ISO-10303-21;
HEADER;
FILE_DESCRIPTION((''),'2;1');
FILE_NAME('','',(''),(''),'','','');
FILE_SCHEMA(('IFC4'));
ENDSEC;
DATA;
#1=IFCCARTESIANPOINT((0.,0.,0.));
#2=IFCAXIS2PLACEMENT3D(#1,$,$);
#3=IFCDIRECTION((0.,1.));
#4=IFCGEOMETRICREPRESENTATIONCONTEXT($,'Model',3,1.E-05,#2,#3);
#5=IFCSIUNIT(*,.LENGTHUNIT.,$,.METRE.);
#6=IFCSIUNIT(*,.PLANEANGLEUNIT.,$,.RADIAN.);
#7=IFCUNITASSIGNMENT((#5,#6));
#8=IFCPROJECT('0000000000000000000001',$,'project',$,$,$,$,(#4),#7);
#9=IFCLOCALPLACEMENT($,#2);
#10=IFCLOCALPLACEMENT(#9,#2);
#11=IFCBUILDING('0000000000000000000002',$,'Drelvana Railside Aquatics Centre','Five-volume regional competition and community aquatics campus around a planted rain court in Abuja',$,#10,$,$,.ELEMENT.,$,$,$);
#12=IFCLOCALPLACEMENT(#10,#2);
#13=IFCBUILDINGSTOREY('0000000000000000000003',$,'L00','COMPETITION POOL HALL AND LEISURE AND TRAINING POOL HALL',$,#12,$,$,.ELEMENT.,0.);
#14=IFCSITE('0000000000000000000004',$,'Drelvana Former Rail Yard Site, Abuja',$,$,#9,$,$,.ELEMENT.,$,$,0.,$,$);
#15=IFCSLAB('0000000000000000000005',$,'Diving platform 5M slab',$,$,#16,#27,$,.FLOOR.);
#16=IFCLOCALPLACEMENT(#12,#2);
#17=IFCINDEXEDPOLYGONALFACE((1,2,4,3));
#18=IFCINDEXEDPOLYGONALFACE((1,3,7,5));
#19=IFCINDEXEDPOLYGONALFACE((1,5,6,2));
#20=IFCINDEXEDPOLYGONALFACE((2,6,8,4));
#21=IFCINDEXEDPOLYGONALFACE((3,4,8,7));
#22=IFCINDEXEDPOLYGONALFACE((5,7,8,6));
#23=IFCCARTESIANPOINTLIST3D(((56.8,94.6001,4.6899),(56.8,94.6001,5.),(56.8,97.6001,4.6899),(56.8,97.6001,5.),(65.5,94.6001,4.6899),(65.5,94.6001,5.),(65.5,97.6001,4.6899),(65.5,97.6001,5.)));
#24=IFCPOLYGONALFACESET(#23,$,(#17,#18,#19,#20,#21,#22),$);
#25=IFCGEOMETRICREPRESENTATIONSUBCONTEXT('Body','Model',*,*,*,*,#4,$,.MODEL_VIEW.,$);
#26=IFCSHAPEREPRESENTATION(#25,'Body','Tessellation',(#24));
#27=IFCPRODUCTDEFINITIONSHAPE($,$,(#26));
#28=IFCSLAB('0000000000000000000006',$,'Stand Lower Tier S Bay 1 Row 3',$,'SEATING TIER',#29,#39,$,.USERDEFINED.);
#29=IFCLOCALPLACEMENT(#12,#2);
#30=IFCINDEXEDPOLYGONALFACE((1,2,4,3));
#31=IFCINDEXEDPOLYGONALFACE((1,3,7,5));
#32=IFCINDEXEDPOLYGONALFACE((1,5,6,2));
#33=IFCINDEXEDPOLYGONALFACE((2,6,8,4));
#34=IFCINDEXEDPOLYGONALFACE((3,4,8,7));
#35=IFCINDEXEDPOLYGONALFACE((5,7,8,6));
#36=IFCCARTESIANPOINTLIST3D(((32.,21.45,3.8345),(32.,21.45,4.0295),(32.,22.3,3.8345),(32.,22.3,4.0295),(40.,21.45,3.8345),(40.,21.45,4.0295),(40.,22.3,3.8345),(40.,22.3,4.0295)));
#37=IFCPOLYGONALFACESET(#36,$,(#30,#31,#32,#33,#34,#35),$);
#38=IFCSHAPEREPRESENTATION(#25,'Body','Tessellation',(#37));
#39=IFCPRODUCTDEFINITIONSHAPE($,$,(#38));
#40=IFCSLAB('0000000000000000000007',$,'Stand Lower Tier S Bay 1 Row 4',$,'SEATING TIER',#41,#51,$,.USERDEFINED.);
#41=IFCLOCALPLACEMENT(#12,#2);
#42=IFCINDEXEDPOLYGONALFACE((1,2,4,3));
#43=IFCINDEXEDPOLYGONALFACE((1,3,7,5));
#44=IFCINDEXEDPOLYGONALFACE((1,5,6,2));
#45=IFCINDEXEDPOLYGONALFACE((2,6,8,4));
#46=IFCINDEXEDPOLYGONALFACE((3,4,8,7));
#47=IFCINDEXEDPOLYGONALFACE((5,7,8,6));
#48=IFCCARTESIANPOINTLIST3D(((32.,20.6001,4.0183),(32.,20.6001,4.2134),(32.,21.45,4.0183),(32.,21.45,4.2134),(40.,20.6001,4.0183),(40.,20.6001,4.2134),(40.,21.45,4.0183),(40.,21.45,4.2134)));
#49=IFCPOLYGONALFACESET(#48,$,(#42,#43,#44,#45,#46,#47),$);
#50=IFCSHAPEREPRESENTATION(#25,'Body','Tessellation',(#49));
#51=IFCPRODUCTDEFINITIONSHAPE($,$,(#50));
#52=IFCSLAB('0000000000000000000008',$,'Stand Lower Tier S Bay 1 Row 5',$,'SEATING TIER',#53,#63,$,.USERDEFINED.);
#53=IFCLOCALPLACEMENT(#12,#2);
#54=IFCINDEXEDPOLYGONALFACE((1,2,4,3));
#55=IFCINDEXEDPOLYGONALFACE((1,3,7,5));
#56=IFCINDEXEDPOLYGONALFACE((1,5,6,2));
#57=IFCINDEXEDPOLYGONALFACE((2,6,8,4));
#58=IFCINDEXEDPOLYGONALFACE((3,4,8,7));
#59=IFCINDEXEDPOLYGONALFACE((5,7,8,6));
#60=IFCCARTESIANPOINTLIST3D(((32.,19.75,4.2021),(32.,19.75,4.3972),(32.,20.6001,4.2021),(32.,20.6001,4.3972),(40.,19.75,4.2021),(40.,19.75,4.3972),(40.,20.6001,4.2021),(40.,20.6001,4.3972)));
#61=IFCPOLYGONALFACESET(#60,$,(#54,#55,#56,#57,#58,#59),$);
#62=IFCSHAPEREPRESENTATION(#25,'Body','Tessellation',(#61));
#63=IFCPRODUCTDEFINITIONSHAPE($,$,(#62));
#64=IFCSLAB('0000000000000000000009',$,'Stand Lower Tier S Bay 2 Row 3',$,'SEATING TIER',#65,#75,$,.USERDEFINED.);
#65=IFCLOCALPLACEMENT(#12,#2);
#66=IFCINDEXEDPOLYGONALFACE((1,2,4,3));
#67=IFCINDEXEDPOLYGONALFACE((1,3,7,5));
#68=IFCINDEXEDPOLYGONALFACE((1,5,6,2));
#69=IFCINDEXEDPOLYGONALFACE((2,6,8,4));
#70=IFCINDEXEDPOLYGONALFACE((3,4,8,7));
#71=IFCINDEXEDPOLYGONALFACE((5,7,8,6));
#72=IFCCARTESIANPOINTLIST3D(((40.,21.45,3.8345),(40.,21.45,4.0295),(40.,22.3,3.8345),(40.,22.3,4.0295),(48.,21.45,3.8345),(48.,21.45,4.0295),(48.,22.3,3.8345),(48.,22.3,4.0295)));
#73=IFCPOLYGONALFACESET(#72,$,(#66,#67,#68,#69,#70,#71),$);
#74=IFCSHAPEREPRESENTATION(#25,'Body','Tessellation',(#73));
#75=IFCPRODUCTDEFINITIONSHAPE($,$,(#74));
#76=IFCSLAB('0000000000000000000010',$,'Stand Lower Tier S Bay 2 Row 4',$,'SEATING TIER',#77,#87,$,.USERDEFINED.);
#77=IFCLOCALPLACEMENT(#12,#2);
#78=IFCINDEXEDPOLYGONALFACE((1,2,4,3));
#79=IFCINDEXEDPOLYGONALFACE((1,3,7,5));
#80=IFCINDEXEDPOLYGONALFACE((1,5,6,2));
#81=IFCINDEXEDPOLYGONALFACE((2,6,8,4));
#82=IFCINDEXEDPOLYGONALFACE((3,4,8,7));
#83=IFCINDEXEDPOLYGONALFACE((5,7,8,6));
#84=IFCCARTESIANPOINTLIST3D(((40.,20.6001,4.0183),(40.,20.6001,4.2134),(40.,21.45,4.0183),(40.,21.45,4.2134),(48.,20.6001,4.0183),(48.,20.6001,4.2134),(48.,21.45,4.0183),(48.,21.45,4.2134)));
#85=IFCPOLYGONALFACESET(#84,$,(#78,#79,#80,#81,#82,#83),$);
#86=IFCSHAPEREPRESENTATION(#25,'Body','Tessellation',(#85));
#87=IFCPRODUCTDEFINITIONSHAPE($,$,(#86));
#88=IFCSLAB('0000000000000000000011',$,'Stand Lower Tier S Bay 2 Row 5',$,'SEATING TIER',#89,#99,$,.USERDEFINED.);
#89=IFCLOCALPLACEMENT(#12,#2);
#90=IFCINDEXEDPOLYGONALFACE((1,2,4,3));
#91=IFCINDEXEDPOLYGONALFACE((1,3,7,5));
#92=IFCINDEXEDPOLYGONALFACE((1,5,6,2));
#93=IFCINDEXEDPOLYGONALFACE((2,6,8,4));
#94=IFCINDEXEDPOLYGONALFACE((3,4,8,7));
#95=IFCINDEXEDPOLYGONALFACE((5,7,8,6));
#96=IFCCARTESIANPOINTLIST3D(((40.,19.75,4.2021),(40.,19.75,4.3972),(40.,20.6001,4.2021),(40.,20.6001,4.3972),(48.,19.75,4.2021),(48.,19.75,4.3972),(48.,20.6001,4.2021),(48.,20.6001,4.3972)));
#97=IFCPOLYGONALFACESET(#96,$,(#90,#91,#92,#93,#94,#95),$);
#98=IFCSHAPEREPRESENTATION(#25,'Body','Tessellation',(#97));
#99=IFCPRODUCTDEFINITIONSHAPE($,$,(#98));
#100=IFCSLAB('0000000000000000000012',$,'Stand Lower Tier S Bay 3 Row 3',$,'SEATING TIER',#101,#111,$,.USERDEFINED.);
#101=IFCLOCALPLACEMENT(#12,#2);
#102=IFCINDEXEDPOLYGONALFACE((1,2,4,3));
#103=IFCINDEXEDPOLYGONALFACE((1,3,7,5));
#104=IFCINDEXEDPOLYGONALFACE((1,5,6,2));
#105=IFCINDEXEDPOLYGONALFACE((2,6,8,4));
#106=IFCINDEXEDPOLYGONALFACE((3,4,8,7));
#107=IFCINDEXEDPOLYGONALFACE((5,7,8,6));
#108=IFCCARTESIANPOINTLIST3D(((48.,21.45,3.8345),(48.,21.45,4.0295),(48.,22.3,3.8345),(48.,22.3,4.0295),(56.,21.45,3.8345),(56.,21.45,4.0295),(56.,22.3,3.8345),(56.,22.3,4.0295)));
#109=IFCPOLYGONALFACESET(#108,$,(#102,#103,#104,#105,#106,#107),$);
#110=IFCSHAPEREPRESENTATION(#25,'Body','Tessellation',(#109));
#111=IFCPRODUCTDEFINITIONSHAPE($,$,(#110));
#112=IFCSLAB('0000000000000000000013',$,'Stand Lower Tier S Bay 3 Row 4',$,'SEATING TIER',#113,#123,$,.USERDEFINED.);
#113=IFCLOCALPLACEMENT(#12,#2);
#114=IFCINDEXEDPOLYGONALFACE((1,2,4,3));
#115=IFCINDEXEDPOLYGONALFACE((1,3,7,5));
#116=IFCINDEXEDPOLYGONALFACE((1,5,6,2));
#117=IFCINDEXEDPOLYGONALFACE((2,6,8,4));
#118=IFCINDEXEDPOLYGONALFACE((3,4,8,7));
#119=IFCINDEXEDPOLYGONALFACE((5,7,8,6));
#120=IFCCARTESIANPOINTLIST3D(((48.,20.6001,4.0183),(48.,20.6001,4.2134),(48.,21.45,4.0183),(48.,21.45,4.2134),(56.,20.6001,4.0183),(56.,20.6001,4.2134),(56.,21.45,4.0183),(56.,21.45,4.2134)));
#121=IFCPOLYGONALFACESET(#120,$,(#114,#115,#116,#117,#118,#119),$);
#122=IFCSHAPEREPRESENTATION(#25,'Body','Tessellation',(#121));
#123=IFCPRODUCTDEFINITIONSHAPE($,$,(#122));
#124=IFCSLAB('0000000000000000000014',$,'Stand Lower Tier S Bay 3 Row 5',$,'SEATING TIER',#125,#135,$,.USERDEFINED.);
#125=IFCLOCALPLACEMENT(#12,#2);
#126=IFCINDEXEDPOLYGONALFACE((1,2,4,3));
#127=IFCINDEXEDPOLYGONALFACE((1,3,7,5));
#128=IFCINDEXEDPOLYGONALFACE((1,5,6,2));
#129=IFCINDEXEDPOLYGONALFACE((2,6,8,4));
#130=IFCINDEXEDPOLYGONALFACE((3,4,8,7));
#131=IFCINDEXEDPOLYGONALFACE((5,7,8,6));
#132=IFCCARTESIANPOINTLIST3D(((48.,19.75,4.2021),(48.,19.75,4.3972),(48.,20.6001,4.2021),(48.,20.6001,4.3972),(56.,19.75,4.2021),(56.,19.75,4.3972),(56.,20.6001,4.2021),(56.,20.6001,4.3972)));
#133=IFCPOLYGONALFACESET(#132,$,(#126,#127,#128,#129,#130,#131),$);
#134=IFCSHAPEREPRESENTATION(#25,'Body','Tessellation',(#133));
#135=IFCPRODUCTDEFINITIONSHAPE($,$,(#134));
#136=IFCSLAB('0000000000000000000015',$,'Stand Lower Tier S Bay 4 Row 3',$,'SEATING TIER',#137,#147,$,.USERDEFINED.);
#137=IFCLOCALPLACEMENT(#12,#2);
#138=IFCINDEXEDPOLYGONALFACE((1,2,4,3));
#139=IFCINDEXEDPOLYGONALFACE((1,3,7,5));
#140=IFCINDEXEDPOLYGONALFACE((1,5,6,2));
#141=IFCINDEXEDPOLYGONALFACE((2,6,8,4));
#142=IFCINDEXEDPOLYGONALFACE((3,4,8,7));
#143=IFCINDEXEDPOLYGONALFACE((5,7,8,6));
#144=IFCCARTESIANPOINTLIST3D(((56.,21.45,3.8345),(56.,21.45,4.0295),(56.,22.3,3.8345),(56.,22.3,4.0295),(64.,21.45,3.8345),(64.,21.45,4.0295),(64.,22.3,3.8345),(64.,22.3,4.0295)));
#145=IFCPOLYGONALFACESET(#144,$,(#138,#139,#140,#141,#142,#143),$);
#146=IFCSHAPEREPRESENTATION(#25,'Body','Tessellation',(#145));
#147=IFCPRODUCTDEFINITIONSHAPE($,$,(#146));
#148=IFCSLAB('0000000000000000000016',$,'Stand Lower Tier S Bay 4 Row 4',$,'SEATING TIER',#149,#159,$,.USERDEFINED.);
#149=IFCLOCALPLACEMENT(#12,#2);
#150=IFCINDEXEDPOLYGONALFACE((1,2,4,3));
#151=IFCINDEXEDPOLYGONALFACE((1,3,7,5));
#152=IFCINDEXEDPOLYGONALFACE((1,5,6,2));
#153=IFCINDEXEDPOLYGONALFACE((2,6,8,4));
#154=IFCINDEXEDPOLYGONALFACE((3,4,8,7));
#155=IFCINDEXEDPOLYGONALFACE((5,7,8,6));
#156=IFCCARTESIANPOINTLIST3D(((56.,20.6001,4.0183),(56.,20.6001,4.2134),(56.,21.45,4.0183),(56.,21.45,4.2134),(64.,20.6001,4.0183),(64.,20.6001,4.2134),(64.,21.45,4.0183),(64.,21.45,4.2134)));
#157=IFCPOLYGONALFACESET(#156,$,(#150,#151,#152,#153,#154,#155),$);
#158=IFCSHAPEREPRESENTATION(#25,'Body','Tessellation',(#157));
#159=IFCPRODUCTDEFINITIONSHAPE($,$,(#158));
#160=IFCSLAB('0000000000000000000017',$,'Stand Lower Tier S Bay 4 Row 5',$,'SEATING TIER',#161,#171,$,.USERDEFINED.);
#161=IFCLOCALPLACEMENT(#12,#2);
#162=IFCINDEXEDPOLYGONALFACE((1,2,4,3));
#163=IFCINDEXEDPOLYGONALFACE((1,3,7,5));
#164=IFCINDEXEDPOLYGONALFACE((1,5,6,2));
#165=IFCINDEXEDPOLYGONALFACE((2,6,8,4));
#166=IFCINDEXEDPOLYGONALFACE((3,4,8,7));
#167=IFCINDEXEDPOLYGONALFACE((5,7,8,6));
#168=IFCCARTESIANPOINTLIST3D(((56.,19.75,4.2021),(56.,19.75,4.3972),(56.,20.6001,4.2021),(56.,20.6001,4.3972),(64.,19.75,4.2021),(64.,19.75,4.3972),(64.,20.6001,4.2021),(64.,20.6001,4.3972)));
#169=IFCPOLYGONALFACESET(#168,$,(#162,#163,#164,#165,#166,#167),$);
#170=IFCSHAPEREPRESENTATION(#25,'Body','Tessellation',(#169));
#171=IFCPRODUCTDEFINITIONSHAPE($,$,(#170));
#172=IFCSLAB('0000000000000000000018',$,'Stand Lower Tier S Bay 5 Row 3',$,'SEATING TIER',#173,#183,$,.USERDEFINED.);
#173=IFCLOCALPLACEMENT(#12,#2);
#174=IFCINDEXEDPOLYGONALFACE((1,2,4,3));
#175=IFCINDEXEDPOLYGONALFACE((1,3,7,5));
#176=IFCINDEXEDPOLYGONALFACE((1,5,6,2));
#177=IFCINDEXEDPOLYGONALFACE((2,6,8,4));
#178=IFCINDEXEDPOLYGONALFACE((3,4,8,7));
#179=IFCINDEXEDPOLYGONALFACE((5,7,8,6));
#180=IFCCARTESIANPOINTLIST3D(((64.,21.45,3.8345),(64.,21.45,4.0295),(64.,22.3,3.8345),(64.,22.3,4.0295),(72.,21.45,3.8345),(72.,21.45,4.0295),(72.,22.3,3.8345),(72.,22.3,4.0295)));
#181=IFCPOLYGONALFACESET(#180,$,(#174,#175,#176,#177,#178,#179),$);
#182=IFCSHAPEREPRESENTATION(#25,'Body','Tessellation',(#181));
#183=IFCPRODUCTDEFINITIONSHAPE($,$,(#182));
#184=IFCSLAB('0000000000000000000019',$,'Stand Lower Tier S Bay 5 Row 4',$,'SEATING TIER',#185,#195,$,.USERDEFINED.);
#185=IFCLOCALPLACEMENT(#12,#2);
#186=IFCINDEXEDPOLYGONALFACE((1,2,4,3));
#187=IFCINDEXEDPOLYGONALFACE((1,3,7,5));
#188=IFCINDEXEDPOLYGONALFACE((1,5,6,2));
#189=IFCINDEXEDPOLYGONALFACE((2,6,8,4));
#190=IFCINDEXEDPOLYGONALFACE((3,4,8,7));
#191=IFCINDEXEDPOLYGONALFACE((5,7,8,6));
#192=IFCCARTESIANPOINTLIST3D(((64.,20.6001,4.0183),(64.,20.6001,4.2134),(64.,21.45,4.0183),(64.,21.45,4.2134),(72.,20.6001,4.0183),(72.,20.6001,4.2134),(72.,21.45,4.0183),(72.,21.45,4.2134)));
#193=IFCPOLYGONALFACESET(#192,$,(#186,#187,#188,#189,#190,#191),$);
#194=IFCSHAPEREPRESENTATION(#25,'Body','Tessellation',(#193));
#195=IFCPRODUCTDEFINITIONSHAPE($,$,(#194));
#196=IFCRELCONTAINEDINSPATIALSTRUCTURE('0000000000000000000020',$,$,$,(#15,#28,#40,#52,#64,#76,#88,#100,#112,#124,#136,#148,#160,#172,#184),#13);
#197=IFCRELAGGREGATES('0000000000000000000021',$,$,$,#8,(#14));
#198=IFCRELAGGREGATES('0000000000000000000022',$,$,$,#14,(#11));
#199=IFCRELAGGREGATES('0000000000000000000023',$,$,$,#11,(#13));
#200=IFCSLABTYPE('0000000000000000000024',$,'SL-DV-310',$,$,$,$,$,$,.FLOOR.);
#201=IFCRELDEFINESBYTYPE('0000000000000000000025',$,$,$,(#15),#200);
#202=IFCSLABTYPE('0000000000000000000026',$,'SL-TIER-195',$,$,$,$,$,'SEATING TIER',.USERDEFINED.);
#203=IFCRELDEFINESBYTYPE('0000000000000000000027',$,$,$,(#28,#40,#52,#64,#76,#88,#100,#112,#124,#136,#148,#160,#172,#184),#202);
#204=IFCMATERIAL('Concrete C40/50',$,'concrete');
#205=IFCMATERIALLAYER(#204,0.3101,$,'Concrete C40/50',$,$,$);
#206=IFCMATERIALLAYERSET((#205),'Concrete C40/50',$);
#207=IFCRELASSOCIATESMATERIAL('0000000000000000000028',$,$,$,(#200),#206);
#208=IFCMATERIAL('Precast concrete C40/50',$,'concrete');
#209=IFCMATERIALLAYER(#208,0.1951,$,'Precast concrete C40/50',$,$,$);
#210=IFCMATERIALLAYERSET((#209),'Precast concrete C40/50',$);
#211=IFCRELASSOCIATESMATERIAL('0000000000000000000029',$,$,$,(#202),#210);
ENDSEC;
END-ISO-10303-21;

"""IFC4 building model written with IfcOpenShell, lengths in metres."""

from ifc_helpers import new_model, si_unit, direction, frame, origin, place, context, subcontext, project, spatial, polyline, outline, extrude, material, layer, layer_set, type_object, element, save


model = new_model("IFC4")

# Units and contexts
model_context = context("Model", 3, precision=1e-05, world=origin(), true_north=direction((0.0, 1.0)))
body_context = subcontext(model_context, "Body", "Model", "MODEL_VIEW")
ifc_project = project(units=[si_unit("LENGTHUNIT", "METRE"), si_unit("PLANEANGLEUNIT", "RADIAN")], contexts=[model_context])

# Site, building, storey
site_placement = place(None, origin())
site = spatial("IfcSite", under=ifc_project, at=site_placement, Name="Drelvana Former Rail Yard Site, Abuja", CompositionType="ELEMENT", RefElevation=0.0)
building_placement = place(site_placement, origin())
building = spatial("IfcBuilding", under=site, at=building_placement, Name="Drelvana Railside Aquatics Centre", Description="Five-volume regional competition and community aquatics campus around a planted rain court in Abuja", CompositionType="ELEMENT")
storey_placement = place(building_placement, origin())
storey = spatial("IfcBuildingStorey", under=building, at=storey_placement, Name="L00", Description="COMPETITION POOL HALL AND LEISURE AND TRAINING POOL HALL", CompositionType="ELEMENT", Elevation=0.0)

# Slabs
ifc_material_1 = material(Name="Concrete C40/50", Category="concrete")
ifc_layer_1 = layer(ifc_material_1, 0.3101, Name="Concrete C40/50")
ifc_layer_set_1 = layer_set([ifc_layer_1], Name="Concrete C40/50")
slab_type_1 = type_object("IfcSlabType", Name="SL-DV-310", PredefinedType="FLOOR", material=ifc_layer_set_1)
slab_1_placement = place(storey_placement, frame((0.0, 0.0, 4.6899)))
element("IfcSlab", 1, at=slab_1_placement, inside=storey, type_object=slab_type_1, Name="Diving platform 5M slab", PredefinedType="FLOOR", context=body_context, shape_type="SweptSolid", body=[
    extrude(outline(polyline([(56.8, 94.6001), (65.5, 94.6001), (65.5, 97.6001), (56.8, 97.6001), (56.8, 94.6001)])), origin(), (0.0, 0.0, 1.0), 0.3101),
])
ifc_material_2 = material(Name="Precast concrete C40/50", Category="concrete")
ifc_layer_2 = layer(ifc_material_2, 0.1951, Name="Precast concrete C40/50")
ifc_layer_set_2 = layer_set([ifc_layer_2], Name="Precast concrete C40/50")
slab_type_2 = type_object("IfcSlabType", Name="SL-TIER-195", ElementType="SEATING TIER", PredefinedType="USERDEFINED", material=ifc_layer_set_2)
slab_2_placement = place(storey_placement, frame((0.0, 0.0, 3.8345)))
element("IfcSlab", 2, at=slab_2_placement, inside=storey, type_object=slab_type_2, Name="Stand Lower Tier S Bay 1 Row 3", ObjectType="SEATING TIER", PredefinedType="USERDEFINED", context=body_context, shape_type="SweptSolid", body=[
    extrude(outline(polyline([(32.0, 21.45), (40.0, 21.45), (40.0, 22.3), (32.0, 22.3), (32.0, 21.45)])), origin(), (0.0, 0.0, 1.0), 0.1951),
])
slab_3_placement = place(storey_placement, frame((0.0, 0.0, 4.0183)))
element("IfcSlab", 3, at=slab_3_placement, inside=storey, type_object=slab_type_2, Name="Stand Lower Tier S Bay 1 Row 4", ObjectType="SEATING TIER", PredefinedType="USERDEFINED", context=body_context, shape_type="SweptSolid", body=[
    extrude(outline(polyline([(32.0, 20.6001), (40.0, 20.6001), (40.0, 21.45), (32.0, 21.45), (32.0, 20.6001)])), origin(), (0.0, 0.0, 1.0), 0.1951),
])
slab_4_placement = place(storey_placement, frame((0.0, 0.0, 4.2021)))
element("IfcSlab", 4, at=slab_4_placement, inside=storey, type_object=slab_type_2, Name="Stand Lower Tier S Bay 1 Row 5", ObjectType="SEATING TIER", PredefinedType="USERDEFINED", context=body_context, shape_type="SweptSolid", body=[
    extrude(outline(polyline([(32.0, 19.75), (40.0, 19.75), (40.0, 20.6001), (32.0, 20.6001), (32.0, 19.75)])), origin(), (0.0, 0.0, 1.0), 0.1951),
])
slab_5_placement = place(storey_placement, frame((0.0, 0.0, 3.8345)))
element("IfcSlab", 5, at=slab_5_placement, inside=storey, type_object=slab_type_2, Name="Stand Lower Tier S Bay 2 Row 3", ObjectType="SEATING TIER", PredefinedType="USERDEFINED", context=body_context, shape_type="SweptSolid", body=[
    extrude(outline(polyline([(40.0, 21.45), (48.0, 21.45), (48.0, 22.3), (40.0, 22.3), (40.0, 21.45)])), origin(), (0.0, 0.0, 1.0), 0.1951),
])
slab_6_placement = place(storey_placement, frame((0.0, 0.0, 4.0183)))
element("IfcSlab", 6, at=slab_6_placement, inside=storey, type_object=slab_type_2, Name="Stand Lower Tier S Bay 2 Row 4", ObjectType="SEATING TIER", PredefinedType="USERDEFINED", context=body_context, shape_type="SweptSolid", body=[
    extrude(outline(polyline([(40.0, 20.6001), (48.0, 20.6001), (48.0, 21.45), (40.0, 21.45), (40.0, 20.6001)])), origin(), (0.0, 0.0, 1.0), 0.1951),
])
slab_7_placement = place(storey_placement, frame((0.0, 0.0, 4.2021)))
element("IfcSlab", 7, at=slab_7_placement, inside=storey, type_object=slab_type_2, Name="Stand Lower Tier S Bay 2 Row 5", ObjectType="SEATING TIER", PredefinedType="USERDEFINED", context=body_context, shape_type="SweptSolid", body=[
    extrude(outline(polyline([(40.0, 19.75), (48.0, 19.75), (48.0, 20.6001), (40.0, 20.6001), (40.0, 19.75)])), origin(), (0.0, 0.0, 1.0), 0.1951),
])
slab_8_placement = place(storey_placement, frame((0.0, 0.0, 3.8345)))
element("IfcSlab", 8, at=slab_8_placement, inside=storey, type_object=slab_type_2, Name="Stand Lower Tier S Bay 3 Row 3", ObjectType="SEATING TIER", PredefinedType="USERDEFINED", context=body_context, shape_type="SweptSolid", body=[
    extrude(outline(polyline([(48.0, 21.45), (56.0, 21.45), (56.0, 22.3), (48.0, 22.3), (48.0, 21.45)])), origin(), (0.0, 0.0, 1.0), 0.1951),
])
slab_9_placement = place(storey_placement, frame((0.0, 0.0, 4.0183)))
element("IfcSlab", 9, at=slab_9_placement, inside=storey, type_object=slab_type_2, Name="Stand Lower Tier S Bay 3 Row 4", ObjectType="SEATING TIER", PredefinedType="USERDEFINED", context=body_context, shape_type="SweptSolid", body=[
    extrude(outline(polyline([(48.0, 20.6001), (56.0, 20.6001), (56.0, 21.45), (48.0, 21.45), (48.0, 20.6001)])), origin(), (0.0, 0.0, 1.0), 0.1951),
])
slab_10_placement = place(storey_placement, frame((0.0, 0.0, 4.2021)))
element("IfcSlab", 10, at=slab_10_placement, inside=storey, type_object=slab_type_2, Name="Stand Lower Tier S Bay 3 Row 5", ObjectType="SEATING TIER", PredefinedType="USERDEFINED", context=body_context, shape_type="SweptSolid", body=[
    extrude(outline(polyline([(48.0, 19.75), (56.0, 19.75), (56.0, 20.6001), (48.0, 20.6001), (48.0, 19.75)])), origin(), (0.0, 0.0, 1.0), 0.1951),
])
slab_11_placement = place(storey_placement, frame((0.0, 0.0, 3.8345)))
element("IfcSlab", 11, at=slab_11_placement, inside=storey, type_object=slab_type_2, Name="Stand Lower Tier S Bay 4 Row 3", ObjectType="SEATING TIER", PredefinedType="USERDEFINED", context=body_context, shape_type="SweptSolid", body=[
    extrude(outline(polyline([(56.0, 21.45), (64.0, 21.45), (64.0, 22.3), (56.0, 22.3), (56.0, 21.45)])), origin(), (0.0, 0.0, 1.0), 0.1951),
])
slab_12_placement = place(storey_placement, frame((0.0, 0.0, 4.0183)))
element("IfcSlab", 12, at=slab_12_placement, inside=storey, type_object=slab_type_2, Name="Stand Lower Tier S Bay 4 Row 4", ObjectType="SEATING TIER", PredefinedType="USERDEFINED", context=body_context, shape_type="SweptSolid", body=[
    extrude(outline(polyline([(56.0, 20.6001), (64.0, 20.6001), (64.0, 21.45), (56.0, 21.45), (56.0, 20.6001)])), origin(), (0.0, 0.0, 1.0), 0.1951),
])
slab_13_placement = place(storey_placement, frame((0.0, 0.0, 4.2021)))
element("IfcSlab", 13, at=slab_13_placement, inside=storey, type_object=slab_type_2, Name="Stand Lower Tier S Bay 4 Row 5", ObjectType="SEATING TIER", PredefinedType="USERDEFINED", context=body_context, shape_type="SweptSolid", body=[
    extrude(outline(polyline([(56.0, 19.75), (64.0, 19.75), (64.0, 20.6001), (56.0, 20.6001), (56.0, 19.75)])), origin(), (0.0, 0.0, 1.0), 0.1951),
])
slab_14_placement = place(storey_placement, frame((0.0, 0.0, 3.8345)))
element("IfcSlab", 14, at=slab_14_placement, inside=storey, type_object=slab_type_2, Name="Stand Lower Tier S Bay 5 Row 3", ObjectType="SEATING TIER", PredefinedType="USERDEFINED", context=body_context, shape_type="SweptSolid", body=[
    extrude(outline(polyline([(64.0, 21.45), (72.0, 21.45), (72.0, 22.3), (64.0, 22.3), (64.0, 21.45)])), origin(), (0.0, 0.0, 1.0), 0.1951),
])
slab_15_placement = place(storey_placement, frame((0.0, 0.0, 4.0183)))
element("IfcSlab", 15, at=slab_15_placement, inside=storey, type_object=slab_type_2, Name="Stand Lower Tier S Bay 5 Row 4", ObjectType="SEATING TIER", PredefinedType="USERDEFINED", context=body_context, shape_type="SweptSolid", body=[
    extrude(outline(polyline([(64.0, 20.6001), (72.0, 20.6001), (72.0, 21.45), (64.0, 21.45), (64.0, 20.6001)])), origin(), (0.0, 0.0, 1.0), 0.1951),
])

save(model, "model.ifc")
